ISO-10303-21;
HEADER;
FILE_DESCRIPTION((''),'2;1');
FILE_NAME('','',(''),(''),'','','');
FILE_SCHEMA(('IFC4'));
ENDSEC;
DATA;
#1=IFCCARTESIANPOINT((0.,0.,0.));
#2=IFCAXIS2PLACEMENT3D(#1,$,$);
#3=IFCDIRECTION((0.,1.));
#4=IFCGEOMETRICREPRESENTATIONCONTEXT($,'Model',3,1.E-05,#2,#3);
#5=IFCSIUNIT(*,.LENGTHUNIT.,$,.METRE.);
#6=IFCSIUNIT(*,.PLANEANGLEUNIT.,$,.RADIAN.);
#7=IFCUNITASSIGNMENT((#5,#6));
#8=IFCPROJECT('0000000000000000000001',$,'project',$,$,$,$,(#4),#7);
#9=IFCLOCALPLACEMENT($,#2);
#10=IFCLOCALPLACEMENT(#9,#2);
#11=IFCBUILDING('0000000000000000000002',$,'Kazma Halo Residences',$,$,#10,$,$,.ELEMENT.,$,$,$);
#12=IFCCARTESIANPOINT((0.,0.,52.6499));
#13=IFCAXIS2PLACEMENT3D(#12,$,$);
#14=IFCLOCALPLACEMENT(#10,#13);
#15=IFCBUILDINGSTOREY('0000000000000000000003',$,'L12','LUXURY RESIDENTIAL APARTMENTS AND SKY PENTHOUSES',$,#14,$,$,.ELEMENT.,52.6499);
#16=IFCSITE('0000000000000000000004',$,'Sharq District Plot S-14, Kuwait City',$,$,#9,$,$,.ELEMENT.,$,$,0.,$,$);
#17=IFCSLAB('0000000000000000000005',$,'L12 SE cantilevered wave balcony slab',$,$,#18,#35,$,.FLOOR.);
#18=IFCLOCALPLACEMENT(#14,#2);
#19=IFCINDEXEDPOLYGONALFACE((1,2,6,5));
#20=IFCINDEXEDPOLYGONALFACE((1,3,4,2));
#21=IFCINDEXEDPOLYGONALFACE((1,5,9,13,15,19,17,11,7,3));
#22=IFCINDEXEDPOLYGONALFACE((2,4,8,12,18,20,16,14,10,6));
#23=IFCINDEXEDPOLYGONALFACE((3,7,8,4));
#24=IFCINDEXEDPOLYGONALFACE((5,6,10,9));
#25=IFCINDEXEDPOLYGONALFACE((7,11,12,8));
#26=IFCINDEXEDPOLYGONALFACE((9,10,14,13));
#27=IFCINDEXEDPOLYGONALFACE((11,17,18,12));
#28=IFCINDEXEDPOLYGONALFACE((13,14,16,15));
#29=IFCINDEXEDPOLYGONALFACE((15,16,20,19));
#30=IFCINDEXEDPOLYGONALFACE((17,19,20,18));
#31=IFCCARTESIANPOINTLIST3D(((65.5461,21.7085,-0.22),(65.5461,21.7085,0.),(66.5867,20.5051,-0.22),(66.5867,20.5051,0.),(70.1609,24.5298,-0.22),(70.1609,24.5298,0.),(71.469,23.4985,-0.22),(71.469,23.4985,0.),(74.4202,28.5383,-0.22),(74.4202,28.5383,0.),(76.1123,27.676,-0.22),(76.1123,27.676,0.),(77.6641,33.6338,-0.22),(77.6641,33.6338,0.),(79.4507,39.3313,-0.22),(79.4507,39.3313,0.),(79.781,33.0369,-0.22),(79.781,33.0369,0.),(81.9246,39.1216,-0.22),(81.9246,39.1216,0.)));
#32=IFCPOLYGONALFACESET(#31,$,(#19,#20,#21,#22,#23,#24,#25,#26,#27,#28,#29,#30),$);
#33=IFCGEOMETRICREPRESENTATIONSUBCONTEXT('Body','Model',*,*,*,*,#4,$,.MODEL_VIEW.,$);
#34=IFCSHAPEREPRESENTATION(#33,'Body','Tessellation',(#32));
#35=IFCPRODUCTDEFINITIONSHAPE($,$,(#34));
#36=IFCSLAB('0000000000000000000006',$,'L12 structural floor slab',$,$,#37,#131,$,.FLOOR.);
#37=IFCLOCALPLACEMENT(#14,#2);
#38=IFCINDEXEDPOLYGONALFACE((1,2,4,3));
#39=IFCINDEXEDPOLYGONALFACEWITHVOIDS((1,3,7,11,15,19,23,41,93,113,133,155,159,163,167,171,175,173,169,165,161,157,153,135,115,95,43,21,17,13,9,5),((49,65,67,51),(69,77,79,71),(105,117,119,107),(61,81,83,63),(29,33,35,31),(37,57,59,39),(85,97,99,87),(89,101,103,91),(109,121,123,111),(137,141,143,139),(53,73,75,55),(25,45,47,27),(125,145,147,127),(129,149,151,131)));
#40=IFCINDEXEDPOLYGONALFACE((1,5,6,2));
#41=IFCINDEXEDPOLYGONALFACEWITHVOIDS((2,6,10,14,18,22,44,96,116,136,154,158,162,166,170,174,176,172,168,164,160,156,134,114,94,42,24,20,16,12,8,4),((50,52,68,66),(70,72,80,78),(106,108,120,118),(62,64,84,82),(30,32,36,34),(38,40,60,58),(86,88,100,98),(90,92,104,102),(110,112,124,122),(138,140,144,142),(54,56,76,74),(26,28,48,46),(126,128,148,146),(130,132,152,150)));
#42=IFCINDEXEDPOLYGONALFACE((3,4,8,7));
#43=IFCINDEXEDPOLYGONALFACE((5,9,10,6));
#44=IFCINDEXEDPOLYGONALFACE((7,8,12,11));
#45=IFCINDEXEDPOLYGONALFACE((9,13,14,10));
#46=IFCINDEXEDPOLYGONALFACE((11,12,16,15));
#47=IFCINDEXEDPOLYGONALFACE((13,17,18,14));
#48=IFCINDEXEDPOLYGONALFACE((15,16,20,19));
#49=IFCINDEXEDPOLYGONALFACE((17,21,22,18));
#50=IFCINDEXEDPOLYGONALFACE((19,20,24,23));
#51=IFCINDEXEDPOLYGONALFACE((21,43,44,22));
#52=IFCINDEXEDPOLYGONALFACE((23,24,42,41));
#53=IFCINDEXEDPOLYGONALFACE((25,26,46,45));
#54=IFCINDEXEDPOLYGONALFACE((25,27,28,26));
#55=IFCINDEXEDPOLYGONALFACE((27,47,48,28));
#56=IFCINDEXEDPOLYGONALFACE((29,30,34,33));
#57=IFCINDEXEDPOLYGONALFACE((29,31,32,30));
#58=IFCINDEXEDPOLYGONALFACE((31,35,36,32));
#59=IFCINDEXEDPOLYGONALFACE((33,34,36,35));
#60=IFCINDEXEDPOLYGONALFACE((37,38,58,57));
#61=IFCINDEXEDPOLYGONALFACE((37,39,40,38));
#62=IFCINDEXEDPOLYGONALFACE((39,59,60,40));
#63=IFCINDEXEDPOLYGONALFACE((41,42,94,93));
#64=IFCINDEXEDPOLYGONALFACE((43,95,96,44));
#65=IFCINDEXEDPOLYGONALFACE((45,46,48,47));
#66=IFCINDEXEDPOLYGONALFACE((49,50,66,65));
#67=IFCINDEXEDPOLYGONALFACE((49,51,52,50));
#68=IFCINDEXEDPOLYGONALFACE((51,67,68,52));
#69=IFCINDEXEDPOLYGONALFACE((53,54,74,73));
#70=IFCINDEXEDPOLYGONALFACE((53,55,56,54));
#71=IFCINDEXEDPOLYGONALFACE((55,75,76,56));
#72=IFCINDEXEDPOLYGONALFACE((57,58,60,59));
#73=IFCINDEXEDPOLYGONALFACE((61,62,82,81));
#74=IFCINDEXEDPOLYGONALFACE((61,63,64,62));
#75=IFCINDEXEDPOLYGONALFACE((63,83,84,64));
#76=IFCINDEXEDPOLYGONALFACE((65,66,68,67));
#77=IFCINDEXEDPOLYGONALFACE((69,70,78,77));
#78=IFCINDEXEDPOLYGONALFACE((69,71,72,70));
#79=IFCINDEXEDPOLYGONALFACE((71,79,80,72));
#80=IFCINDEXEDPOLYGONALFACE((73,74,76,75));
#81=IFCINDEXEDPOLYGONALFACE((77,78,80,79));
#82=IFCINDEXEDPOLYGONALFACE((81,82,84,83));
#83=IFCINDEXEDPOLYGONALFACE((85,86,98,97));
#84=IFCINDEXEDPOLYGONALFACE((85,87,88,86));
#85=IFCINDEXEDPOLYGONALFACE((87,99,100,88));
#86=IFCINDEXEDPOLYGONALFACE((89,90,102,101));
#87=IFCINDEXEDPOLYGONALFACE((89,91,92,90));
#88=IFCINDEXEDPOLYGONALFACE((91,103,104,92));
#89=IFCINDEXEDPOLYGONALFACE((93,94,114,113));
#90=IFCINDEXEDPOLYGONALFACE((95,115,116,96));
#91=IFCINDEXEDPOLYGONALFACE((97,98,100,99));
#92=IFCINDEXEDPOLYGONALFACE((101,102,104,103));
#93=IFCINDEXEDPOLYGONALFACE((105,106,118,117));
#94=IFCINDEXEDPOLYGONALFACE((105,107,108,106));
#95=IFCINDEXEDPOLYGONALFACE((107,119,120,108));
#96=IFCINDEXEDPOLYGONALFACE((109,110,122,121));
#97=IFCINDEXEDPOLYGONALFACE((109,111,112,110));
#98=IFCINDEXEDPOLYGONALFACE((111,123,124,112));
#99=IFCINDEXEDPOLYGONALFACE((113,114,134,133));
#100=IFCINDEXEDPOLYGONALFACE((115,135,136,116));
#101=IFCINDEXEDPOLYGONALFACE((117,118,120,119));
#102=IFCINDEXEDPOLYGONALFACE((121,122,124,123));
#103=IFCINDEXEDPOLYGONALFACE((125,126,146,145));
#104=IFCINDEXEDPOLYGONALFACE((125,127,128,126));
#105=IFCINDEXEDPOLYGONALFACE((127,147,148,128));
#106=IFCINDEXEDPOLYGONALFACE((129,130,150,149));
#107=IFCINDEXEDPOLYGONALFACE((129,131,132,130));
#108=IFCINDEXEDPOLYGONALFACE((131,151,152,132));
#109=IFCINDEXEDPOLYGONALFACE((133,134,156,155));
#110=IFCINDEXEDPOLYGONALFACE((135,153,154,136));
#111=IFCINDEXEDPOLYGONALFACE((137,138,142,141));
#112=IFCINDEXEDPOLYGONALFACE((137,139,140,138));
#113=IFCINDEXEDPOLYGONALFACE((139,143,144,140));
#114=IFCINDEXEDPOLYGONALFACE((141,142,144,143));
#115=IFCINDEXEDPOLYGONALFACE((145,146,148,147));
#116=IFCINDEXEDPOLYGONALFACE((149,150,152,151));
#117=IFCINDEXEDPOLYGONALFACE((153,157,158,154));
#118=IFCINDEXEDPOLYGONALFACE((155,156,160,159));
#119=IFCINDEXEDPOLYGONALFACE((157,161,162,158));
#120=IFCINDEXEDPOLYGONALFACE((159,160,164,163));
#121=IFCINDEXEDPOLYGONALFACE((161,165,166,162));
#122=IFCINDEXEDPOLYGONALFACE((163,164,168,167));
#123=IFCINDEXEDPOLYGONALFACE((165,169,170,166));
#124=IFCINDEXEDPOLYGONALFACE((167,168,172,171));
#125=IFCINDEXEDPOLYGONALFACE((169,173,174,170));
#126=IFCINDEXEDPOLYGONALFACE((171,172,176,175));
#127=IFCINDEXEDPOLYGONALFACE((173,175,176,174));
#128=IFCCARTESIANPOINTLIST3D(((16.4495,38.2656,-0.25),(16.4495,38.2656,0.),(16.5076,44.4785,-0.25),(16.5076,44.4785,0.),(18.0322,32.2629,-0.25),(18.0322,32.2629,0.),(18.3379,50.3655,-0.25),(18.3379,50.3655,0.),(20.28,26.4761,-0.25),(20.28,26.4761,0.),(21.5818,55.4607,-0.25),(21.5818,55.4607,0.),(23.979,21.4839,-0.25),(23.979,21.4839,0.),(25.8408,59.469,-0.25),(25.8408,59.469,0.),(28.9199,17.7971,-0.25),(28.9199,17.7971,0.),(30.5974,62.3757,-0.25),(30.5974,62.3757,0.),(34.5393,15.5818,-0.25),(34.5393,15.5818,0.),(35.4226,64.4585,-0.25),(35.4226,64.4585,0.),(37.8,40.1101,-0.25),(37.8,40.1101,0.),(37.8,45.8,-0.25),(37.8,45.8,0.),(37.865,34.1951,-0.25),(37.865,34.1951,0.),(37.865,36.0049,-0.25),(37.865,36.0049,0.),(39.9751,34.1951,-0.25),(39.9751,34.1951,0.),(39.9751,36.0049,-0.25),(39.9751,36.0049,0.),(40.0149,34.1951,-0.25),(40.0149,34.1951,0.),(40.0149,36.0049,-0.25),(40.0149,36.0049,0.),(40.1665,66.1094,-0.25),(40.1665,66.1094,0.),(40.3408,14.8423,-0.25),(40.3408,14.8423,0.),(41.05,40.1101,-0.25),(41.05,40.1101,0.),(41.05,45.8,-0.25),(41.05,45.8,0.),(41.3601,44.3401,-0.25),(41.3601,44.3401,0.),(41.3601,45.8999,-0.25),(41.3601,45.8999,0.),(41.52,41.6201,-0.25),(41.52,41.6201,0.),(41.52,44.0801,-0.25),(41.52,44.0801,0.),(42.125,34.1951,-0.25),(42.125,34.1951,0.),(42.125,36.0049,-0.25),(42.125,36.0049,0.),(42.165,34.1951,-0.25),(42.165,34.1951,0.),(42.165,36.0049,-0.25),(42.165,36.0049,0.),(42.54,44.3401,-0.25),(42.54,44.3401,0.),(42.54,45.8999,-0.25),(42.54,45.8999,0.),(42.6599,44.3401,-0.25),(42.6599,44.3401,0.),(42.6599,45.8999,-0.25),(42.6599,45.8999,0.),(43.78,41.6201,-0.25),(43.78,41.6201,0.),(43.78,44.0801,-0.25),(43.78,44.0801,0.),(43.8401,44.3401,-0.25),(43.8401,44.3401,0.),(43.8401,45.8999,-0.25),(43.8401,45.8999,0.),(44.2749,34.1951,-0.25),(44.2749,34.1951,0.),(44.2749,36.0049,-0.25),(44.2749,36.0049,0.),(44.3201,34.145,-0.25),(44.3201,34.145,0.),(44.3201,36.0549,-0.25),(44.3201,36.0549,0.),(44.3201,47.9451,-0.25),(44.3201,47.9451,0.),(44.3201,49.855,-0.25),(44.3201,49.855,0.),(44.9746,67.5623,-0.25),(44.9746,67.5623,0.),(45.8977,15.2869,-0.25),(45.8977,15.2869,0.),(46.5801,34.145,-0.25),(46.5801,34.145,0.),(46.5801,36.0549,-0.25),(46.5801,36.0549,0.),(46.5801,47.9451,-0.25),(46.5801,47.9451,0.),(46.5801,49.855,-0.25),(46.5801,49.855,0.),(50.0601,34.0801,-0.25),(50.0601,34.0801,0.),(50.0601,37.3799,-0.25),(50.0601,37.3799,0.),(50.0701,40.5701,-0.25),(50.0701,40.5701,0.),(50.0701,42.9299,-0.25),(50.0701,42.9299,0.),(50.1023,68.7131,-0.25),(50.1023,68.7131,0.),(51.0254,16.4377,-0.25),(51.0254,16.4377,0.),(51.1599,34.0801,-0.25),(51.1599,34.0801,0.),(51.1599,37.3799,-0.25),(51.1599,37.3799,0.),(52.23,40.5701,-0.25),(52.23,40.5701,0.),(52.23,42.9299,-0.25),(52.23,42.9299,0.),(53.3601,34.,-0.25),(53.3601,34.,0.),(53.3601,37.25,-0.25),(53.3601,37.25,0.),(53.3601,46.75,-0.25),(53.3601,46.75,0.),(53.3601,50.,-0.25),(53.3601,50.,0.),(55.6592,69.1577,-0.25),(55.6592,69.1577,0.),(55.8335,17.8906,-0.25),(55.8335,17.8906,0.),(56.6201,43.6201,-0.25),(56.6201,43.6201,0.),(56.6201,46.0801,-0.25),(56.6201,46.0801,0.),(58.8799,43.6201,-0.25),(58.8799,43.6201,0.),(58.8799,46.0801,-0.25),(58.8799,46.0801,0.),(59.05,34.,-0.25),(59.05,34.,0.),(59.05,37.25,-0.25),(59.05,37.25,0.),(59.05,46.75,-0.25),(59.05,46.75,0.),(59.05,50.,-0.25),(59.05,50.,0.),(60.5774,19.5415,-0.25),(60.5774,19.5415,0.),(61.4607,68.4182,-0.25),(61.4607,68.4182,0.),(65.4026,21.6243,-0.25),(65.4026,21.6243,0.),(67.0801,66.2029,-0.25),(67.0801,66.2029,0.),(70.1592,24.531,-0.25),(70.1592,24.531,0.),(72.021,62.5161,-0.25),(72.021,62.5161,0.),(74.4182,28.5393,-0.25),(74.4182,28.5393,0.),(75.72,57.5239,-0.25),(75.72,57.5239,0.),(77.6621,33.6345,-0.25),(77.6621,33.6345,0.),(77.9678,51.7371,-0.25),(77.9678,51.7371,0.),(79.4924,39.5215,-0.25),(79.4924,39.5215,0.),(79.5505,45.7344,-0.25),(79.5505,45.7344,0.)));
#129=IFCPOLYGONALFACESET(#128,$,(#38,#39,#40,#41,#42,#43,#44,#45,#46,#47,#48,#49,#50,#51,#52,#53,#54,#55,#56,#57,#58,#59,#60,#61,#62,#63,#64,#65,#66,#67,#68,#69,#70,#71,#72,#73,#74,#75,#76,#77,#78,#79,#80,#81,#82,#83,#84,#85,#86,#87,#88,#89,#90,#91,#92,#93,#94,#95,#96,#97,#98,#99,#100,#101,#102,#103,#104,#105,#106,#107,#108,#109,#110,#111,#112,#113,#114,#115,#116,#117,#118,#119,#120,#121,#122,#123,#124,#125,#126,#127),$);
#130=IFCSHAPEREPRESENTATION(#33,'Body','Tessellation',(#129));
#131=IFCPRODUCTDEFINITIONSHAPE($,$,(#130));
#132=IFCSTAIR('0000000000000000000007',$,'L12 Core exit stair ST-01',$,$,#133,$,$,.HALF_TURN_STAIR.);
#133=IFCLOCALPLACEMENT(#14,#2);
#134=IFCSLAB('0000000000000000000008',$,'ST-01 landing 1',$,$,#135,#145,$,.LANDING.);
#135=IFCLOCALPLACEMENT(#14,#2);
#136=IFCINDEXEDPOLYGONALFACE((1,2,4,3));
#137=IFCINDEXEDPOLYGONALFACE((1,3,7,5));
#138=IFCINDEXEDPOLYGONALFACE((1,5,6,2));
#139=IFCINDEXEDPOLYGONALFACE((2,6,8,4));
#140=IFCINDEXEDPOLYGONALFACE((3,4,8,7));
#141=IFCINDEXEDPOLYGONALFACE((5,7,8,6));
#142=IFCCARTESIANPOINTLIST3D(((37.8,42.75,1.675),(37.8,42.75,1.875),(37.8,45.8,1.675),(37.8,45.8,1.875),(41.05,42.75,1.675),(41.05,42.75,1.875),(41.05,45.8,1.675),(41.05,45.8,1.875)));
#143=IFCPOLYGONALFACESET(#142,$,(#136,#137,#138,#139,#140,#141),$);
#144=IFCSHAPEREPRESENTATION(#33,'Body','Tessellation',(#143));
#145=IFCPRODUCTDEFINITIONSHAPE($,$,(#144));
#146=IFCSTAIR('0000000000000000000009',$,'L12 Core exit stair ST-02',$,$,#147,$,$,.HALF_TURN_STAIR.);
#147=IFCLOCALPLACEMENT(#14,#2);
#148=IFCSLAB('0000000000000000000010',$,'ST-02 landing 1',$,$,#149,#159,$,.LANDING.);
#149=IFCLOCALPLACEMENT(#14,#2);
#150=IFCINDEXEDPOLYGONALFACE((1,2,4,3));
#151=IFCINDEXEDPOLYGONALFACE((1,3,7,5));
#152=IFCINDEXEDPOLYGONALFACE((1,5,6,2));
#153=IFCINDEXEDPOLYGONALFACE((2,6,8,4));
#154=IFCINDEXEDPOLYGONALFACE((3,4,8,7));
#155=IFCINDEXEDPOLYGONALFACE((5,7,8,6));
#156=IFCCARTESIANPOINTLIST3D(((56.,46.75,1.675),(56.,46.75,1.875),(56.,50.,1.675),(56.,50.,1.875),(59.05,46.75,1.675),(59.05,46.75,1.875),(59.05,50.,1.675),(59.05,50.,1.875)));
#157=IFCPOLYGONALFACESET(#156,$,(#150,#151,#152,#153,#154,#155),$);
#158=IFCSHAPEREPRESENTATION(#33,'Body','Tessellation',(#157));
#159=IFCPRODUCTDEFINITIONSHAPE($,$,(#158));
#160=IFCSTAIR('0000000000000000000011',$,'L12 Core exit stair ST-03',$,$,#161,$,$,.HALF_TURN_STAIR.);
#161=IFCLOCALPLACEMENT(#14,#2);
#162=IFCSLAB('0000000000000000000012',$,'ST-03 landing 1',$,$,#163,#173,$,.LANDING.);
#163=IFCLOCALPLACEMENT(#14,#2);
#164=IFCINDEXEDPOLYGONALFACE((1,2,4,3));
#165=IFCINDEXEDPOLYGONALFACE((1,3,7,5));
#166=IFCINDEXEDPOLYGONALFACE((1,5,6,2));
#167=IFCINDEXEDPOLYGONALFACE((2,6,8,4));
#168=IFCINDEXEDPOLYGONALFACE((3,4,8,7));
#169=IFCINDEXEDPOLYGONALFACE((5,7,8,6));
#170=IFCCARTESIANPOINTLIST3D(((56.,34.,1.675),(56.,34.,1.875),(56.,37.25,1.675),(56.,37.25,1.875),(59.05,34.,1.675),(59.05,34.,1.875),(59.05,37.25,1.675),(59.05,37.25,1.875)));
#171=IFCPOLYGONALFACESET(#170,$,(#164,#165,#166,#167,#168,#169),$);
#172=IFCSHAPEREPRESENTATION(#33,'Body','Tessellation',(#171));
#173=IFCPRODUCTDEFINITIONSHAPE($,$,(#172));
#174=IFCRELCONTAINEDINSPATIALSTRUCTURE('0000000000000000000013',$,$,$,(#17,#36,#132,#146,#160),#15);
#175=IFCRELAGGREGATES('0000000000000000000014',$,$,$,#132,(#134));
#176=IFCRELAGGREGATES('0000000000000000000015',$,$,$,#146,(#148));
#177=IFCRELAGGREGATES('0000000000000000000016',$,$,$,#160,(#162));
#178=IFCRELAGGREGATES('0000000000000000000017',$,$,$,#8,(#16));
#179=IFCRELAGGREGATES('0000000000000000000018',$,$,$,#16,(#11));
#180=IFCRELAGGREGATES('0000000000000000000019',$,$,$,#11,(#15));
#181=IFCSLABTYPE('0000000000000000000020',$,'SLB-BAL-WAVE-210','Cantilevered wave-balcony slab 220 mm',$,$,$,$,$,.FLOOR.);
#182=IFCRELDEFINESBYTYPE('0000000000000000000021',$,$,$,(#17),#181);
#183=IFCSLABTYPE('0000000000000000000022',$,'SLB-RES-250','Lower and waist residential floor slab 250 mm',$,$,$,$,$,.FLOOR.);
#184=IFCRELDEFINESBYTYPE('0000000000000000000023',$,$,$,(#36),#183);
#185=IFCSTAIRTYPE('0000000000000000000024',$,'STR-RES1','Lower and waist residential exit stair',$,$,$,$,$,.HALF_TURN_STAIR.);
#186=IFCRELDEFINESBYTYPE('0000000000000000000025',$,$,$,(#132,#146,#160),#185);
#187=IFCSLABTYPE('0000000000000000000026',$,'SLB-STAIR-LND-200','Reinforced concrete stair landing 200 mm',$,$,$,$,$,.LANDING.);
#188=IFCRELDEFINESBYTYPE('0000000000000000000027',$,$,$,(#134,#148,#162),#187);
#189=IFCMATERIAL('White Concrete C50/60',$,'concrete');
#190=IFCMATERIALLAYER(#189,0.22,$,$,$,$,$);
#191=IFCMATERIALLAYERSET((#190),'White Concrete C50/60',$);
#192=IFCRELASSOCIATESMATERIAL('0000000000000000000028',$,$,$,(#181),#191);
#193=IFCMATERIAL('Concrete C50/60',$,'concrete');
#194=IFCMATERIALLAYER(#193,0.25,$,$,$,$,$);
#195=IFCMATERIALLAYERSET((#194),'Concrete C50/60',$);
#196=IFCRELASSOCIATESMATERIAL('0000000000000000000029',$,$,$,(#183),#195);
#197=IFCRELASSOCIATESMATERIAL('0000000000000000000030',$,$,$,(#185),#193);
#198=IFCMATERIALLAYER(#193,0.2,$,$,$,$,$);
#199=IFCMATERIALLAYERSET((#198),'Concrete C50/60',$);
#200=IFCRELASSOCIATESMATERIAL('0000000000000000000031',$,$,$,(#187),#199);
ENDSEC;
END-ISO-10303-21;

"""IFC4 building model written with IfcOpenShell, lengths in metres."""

from ifc_helpers import new_model, si_unit, direction, frame, origin, place, context, subcontext, project, spatial, polyline, outline, extrude, material, layer, layer_set, type_object, element, aggregate, save


model = new_model("IFC4")

# Units and contexts
model_context = context("Model", 3, precision=1e-05, world=origin(), true_north=direction((0.0, 1.0)))
body_context = subcontext(model_context, "Body", "Model", "MODEL_VIEW")
ifc_project = project(units=[si_unit("LENGTHUNIT", "METRE"), si_unit("PLANEANGLEUNIT", "RADIAN")], contexts=[model_context])

# Site, building, storey
site_placement = place(None, origin())
site = spatial("IfcSite", under=ifc_project, at=site_placement, Name="Sharq District Plot S-14, Kuwait City", CompositionType="ELEMENT", RefElevation=0.0)
building_placement = place(site_placement, origin())
building = spatial("IfcBuilding", under=site, at=building_placement, Name="Kazma Halo Residences", CompositionType="ELEMENT")
storey_placement = place(building_placement, frame((0.0, 0.0, 52.6499)))
storey = spatial("IfcBuildingStorey", under=building, at=storey_placement, Name="L12", Description="LUXURY RESIDENTIAL APARTMENTS AND SKY PENTHOUSES", CompositionType="ELEMENT", Elevation=52.6499)

# Slabs
ifc_material_1 = material(Name="White Concrete C50/60", Category="concrete")
ifc_layer_1 = layer(ifc_material_1, 0.22)
ifc_layer_set_1 = layer_set([ifc_layer_1], Name="White Concrete C50/60")
slab_type_1 = type_object("IfcSlabType", Name="SLB-BAL-WAVE-210", Description="Cantilevered wave-balcony slab 220 mm", PredefinedType="FLOOR", material=ifc_layer_set_1)
slab_1_placement = place(storey_placement, frame((0.0, 0.0, -0.22)))
element("IfcSlab", 1, at=slab_1_placement, inside=storey, type_object=slab_type_1, Name="L12 SE cantilevered wave balcony slab", PredefinedType="FLOOR", context=body_context, shape_type="SweptSolid", body=[
    extrude(outline(polyline([(65.5461, 21.7085), (70.1609, 24.5298), (74.4202, 28.5383), (77.6641, 33.6338), (79.4507, 39.3313), (81.9246, 39.1216), (79.781, 33.0369), (76.1123, 27.676), (71.469, 23.4985), (66.5867, 20.5051), (65.5461, 21.7085)])), origin(), (0.0, 0.0, 1.0), 0.22),
])
ifc_material_2 = material(Name="Concrete C50/60", Category="concrete")
ifc_layer_2 = layer(ifc_material_2, 0.25)
ifc_layer_set_2 = layer_set([ifc_layer_2], Name="Concrete C50/60")
slab_type_2 = type_object("IfcSlabType", Name="SLB-RES-250", Description="Lower and waist residential floor slab 250 mm", PredefinedType="FLOOR", material=ifc_layer_set_2)
slab_2_placement = place(storey_placement, frame((0.0, 0.0, -0.25)))
element("IfcSlab", 2, at=slab_2_placement, inside=storey, type_object=slab_type_2, Name="L12 structural floor slab", PredefinedType="FLOOR", context=body_context, shape_type="SweptSolid", body=[
    extrude(outline(polyline([(77.9678, 51.7371), (75.72, 57.5239), (72.021, 62.5161), (67.0801, 66.2029), (61.4607, 68.4182), (55.6592, 69.1577), (50.1023, 68.7131), (44.9746, 67.5623), (40.1665, 66.1094), (35.4226, 64.4585), (30.5974, 62.3757), (25.8408, 59.469), (21.5818, 55.4607), (18.3379, 50.3655), (16.5076, 44.4785), (16.4495, 38.2656), (18.0322, 32.2629), (20.28, 26.4761), (23.979, 21.4839), (28.9199, 17.7971), (34.5393, 15.5818), (40.3408, 14.8423), (45.8977, 15.2869), (51.0254, 16.4377), (55.8335, 17.8906), (60.5774, 19.5415), (65.4026, 21.6243), (70.1592, 24.531), (74.4182, 28.5393), (77.6621, 33.6345), (79.4924, 39.5215), (79.5505, 45.7344), (77.9678, 51.7371)]), holes=[polyline([(37.8, 40.1101), (41.05, 40.1101), (41.05, 45.8), (37.8, 45.8), (37.8, 40.1101)]), polyline([(53.3601, 46.75), (59.05, 46.75), (59.05, 50.0), (53.3601, 50.0), (53.3601, 46.75)]), polyline([(53.3601, 34.0), (59.05, 34.0), (59.05, 37.25), (53.3601, 37.25), (53.3601, 34.0)]), polyline([(41.52, 41.6201), (43.78, 41.6201), (43.78, 44.0801), (41.52, 44.0801), (41.52, 41.6201)]), polyline([(56.6201, 43.6201), (58.8799, 43.6201), (58.8799, 46.0801), (56.6201, 46.0801), (56.6201, 43.6201)]), polyline([(37.865, 34.1951), (39.9751, 34.1951), (39.9751, 36.0049), (37.865, 36.0049), (37.865, 34.1951)]), polyline([(40.0149, 34.1951), (42.125, 34.1951), (42.125, 36.0049), (40.0149, 36.0049), (40.0149, 34.1951)]), polyline([(42.165, 34.1951), (44.2749, 34.1951), (44.2749, 36.0049), (42.165, 36.0049), (42.165, 34.1951)]), polyline([(44.3201, 47.9451), (46.5801, 47.9451), (46.5801, 49.855), (44.3201, 49.855), (44.3201, 47.9451)]), polyline([(44.3201, 34.145), (46.5801, 34.145), (46.5801, 36.0549), (44.3201, 36.0549), (44.3201, 34.145)]), polyline([(50.0701, 40.5701), (52.23, 40.5701), (52.23, 42.9299), (50.0701, 42.9299), (50.0701, 40.5701)]), polyline([(41.3601, 44.3401), (42.54, 44.3401), (42.54, 45.8999), (41.3601, 45.8999), (41.3601, 44.3401)]), polyline([(42.6599, 44.3401), (43.8401, 44.3401), (43.8401, 45.8999), (42.6599, 45.8999), (42.6599, 44.3401)]), polyline([(50.0601, 34.0801), (51.1599, 34.0801), (51.1599, 37.3799), (50.0601, 37.3799), (50.0601, 34.0801)])]), origin(), (0.0, 0.0, 1.0), 0.25),
])

# Stairs, slabs
stair_type = type_object("IfcStairType", Name="STR-RES1", Description="Lower and waist residential exit stair", PredefinedType="HALF_TURN_STAIR", material=ifc_material_2)
stair_1_placement = place(storey_placement, origin())
stair_1 = element("IfcStair", 3, at=stair_1_placement, inside=storey, type_object=stair_type, Name="L12 Core exit stair ST-01", PredefinedType="HALF_TURN_STAIR")
ifc_layer_3 = layer(ifc_material_2, 0.2)
ifc_layer_set_3 = layer_set([ifc_layer_3], Name="Concrete C50/60")
slab_type_3 = type_object("IfcSlabType", Name="SLB-STAIR-LND-200", Description="Reinforced concrete stair landing 200 mm", PredefinedType="LANDING", material=ifc_layer_set_3)
slab_3_placement = place(storey_placement, frame((0.0, 0.0, 1.675)))
slab_3 = element("IfcSlab", 4, at=slab_3_placement, type_object=slab_type_3, Name="ST-01 landing 1", PredefinedType="LANDING", context=body_context, shape_type="SweptSolid", body=[
    extrude(outline(polyline([(41.05, 42.75), (41.05, 45.8), (37.8, 45.8), (37.8, 42.75), (41.05, 42.75)])), origin(), (0.0, 0.0, 1.0), 0.2),
])
aggregate(stair_1, [slab_3])
stair_2_placement = place(storey_placement, origin())
stair_2 = element("IfcStair", 5, at=stair_2_placement, inside=storey, type_object=stair_type, Name="L12 Core exit stair ST-02", PredefinedType="HALF_TURN_STAIR")
slab_4_placement = place(storey_placement, frame((0.0, 0.0, 1.675)))
slab_4 = element("IfcSlab", 6, at=slab_4_placement, type_object=slab_type_3, Name="ST-02 landing 1", PredefinedType="LANDING", context=body_context, shape_type="SweptSolid", body=[
    extrude(outline(polyline([(56.0, 46.75), (59.05, 46.75), (59.05, 50.0), (56.0, 50.0), (56.0, 46.75)])), origin(), (0.0, 0.0, 1.0), 0.2),
])
aggregate(stair_2, [slab_4])
stair_3_placement = place(storey_placement, origin())
stair_3 = element("IfcStair", 7, at=stair_3_placement, inside=storey, type_object=stair_type, Name="L12 Core exit stair ST-03", PredefinedType="HALF_TURN_STAIR")
slab_5_placement = place(storey_placement, frame((0.0, 0.0, 1.675)))
slab_5 = element("IfcSlab", 8, at=slab_5_placement, type_object=slab_type_3, Name="ST-03 landing 1", PredefinedType="LANDING", context=body_context, shape_type="SweptSolid", body=[
    extrude(outline(polyline([(56.0, 34.0), (59.05, 34.0), (59.05, 37.25), (56.0, 37.25), (56.0, 34.0)])), origin(), (0.0, 0.0, 1.0), 0.2),
])
aggregate(stair_3, [slab_5])

save(model, "model.ifc")
